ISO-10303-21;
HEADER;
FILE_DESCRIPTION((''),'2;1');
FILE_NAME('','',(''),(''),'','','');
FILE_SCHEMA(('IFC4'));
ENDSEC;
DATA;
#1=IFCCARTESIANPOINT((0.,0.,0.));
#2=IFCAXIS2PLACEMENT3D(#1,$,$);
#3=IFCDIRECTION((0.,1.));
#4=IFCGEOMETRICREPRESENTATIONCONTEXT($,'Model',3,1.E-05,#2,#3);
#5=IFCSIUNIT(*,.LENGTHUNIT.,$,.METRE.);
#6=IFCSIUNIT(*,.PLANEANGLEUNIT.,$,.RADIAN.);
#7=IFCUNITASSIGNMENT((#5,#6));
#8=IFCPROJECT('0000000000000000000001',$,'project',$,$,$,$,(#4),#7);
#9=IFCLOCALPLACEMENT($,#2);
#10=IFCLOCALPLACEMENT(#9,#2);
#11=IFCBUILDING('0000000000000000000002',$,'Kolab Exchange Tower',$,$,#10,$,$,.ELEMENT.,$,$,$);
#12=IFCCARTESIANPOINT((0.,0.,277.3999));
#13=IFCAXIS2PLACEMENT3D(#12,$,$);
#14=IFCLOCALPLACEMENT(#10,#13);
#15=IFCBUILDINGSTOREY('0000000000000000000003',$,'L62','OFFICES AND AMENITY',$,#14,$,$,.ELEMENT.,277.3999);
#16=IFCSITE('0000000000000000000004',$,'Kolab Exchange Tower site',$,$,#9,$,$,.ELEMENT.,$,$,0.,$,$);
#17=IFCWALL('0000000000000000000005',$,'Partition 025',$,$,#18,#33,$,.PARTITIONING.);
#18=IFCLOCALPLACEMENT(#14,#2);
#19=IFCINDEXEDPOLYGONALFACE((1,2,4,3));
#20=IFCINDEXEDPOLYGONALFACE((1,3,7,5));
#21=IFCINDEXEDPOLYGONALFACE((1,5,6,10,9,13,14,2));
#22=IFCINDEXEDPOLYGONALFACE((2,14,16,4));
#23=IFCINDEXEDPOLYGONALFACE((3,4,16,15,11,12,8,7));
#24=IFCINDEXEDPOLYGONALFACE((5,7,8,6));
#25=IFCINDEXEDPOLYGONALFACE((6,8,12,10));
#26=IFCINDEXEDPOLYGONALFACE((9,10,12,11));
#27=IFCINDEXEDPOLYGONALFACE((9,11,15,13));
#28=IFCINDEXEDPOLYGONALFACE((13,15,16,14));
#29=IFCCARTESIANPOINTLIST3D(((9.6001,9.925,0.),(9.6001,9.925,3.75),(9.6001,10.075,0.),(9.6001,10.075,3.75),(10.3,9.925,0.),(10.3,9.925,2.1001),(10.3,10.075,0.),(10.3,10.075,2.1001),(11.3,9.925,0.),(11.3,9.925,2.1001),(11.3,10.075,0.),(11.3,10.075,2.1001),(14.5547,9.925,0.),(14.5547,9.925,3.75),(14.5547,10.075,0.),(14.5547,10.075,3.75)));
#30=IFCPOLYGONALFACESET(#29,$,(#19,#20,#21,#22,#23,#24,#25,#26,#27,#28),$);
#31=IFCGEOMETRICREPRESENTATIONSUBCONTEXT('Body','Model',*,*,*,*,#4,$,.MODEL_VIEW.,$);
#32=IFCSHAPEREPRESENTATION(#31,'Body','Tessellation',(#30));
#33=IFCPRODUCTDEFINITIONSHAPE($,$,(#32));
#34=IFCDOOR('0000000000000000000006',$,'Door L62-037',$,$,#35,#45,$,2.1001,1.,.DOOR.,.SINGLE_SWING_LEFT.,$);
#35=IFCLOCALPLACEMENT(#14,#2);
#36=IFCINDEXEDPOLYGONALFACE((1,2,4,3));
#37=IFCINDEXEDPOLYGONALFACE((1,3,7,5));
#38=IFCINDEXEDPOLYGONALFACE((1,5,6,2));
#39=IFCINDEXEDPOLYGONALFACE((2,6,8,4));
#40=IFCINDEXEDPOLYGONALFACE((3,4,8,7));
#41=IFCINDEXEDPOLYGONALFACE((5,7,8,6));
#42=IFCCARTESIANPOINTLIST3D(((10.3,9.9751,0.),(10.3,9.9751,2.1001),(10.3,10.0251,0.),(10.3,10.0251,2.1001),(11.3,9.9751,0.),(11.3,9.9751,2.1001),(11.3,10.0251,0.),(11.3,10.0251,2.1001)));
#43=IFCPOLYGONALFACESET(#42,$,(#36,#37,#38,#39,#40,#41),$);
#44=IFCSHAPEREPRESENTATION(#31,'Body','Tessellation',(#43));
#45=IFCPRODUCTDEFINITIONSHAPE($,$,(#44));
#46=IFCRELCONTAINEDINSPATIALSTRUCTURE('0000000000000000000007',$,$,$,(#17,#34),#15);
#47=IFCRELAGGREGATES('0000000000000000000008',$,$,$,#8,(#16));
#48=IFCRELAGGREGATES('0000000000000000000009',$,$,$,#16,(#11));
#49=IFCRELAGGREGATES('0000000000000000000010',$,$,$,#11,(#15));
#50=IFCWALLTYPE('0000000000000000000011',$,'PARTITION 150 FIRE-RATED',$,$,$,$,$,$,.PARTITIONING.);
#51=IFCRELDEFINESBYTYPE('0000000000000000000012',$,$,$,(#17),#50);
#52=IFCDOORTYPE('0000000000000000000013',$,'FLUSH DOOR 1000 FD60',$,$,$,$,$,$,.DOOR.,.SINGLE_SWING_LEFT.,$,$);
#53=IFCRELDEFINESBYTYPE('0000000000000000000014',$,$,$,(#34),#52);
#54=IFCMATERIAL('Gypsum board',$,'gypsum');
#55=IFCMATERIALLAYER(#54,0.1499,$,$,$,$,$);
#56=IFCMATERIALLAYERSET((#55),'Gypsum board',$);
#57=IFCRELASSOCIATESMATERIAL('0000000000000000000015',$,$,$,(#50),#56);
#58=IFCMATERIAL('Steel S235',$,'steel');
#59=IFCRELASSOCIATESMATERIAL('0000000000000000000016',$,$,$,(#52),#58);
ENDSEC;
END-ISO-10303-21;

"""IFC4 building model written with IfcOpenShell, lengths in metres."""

from ifc_helpers import new_model, si_unit, direction, frame, frame_2d, origin, place, context, subcontext, project, spatial, rectangle, extrude, material, layer, layer_set, type_object, element, fill, save


model = new_model("IFC4")

# Units and contexts
model_context = context("Model", 3, precision=1e-05, world=origin(), true_north=direction((0.0, 1.0)))
body_context = subcontext(model_context, "Body", "Model", "MODEL_VIEW")
ifc_project = project(units=[si_unit("LENGTHUNIT", "METRE"), si_unit("PLANEANGLEUNIT", "RADIAN")], contexts=[model_context])

# Site, building, storey
site_placement = place(None, origin())
site = spatial("IfcSite", under=ifc_project, at=site_placement, Name="Kolab Exchange Tower site", CompositionType="ELEMENT", RefElevation=0.0)
building_placement = place(site_placement, origin())
building = spatial("IfcBuilding", under=site, at=building_placement, Name="Kolab Exchange Tower", CompositionType="ELEMENT")
storey_placement = place(building_placement, frame((0.0, 0.0, 277.3999)))
storey = spatial("IfcBuildingStorey", under=building, at=storey_placement, Name="L62", Description="OFFICES AND AMENITY", CompositionType="ELEMENT", Elevation=277.3999)

# Shared definitions
ifc_material_1 = material(Name="Gypsum board", Category="gypsum")

# Shared definitions
ifc_layer_1 = layer(ifc_material_1, 0.1499)
ifc_layer_set_1 = layer_set([ifc_layer_1], Name="Gypsum board")
wall_type_1 = type_object("IfcWallType", Name="PARTITION 150 FIRE-RATED", PredefinedType="PARTITIONING", material=ifc_layer_set_1)
ifc_material_2 = material(Name="Steel S235", Category="steel")

# Wall, opening, door
wall_1_placement = place(storey_placement, frame((9.6001, 10.0, 0.0), z_axis=(0.0, 0.0, 1.0), x_axis=(1.0, 0.0, 0.0)))
wall_1 = element("IfcWall", 1, at=wall_1_placement, inside=storey, type_object=wall_type_1, Name="Partition 025", PredefinedType="PARTITIONING", context=body_context, shape_type="SweptSolid", body=[
    extrude(rectangle(XDim=4.9546, YDim=0.1499, at=frame_2d((2.4773, 0.0))), origin(), (0.0, 0.0, 1.0), 3.75),
])
opening_1_placement = place(wall_1_placement, frame((0.7, 0.0, 0.0)))
opening_1 = element("IfcOpeningElement", 2, at=opening_1_placement, cuts=wall_1, PredefinedType="OPENING", context=body_context, shape_type="SweptSolid", body=[
    extrude(rectangle(XDim=1.0, YDim=2.1001, at=frame_2d((0.5, 1.05))), frame((0.0, 0.085, 0.0), z_axis=(0.0, -1.0, 0.0), x_axis=(1.0, 0.0, 0.0)), (0.0, 0.0, 1.0), 0.1699),
])
door_type_1 = type_object("IfcDoorType", Name="FLUSH DOOR 1000 FD60", OperationType="SINGLE_SWING_LEFT", PredefinedType="DOOR", material=ifc_material_2)
door_1_placement = place(opening_1_placement, frame((1.0, 0.0, 0.0), z_axis=(0.0, 0.0, 1.0), x_axis=(-1.0, 0.0, 0.0)))
door_1 = element("IfcDoor", 3, at=door_1_placement, inside=storey, type_object=door_type_1, Name="Door L62-037", OperationType="SINGLE_SWING_LEFT", OverallHeight=2.1001, OverallWidth=1.0, PredefinedType="DOOR", context=body_context, shape_type="SweptSolid", body=[
    extrude(rectangle(XDim=1.0, YDim=2.1001, at=frame_2d((0.5, 1.05))), frame((0.0, 0.0249, 0.0), z_axis=(0.0, -1.0, 0.0), x_axis=(1.0, 0.0, 0.0)), (0.0, 0.0, 1.0), 0.05),
])
fill(opening_1, door_1)

save(model, "model.ifc")
